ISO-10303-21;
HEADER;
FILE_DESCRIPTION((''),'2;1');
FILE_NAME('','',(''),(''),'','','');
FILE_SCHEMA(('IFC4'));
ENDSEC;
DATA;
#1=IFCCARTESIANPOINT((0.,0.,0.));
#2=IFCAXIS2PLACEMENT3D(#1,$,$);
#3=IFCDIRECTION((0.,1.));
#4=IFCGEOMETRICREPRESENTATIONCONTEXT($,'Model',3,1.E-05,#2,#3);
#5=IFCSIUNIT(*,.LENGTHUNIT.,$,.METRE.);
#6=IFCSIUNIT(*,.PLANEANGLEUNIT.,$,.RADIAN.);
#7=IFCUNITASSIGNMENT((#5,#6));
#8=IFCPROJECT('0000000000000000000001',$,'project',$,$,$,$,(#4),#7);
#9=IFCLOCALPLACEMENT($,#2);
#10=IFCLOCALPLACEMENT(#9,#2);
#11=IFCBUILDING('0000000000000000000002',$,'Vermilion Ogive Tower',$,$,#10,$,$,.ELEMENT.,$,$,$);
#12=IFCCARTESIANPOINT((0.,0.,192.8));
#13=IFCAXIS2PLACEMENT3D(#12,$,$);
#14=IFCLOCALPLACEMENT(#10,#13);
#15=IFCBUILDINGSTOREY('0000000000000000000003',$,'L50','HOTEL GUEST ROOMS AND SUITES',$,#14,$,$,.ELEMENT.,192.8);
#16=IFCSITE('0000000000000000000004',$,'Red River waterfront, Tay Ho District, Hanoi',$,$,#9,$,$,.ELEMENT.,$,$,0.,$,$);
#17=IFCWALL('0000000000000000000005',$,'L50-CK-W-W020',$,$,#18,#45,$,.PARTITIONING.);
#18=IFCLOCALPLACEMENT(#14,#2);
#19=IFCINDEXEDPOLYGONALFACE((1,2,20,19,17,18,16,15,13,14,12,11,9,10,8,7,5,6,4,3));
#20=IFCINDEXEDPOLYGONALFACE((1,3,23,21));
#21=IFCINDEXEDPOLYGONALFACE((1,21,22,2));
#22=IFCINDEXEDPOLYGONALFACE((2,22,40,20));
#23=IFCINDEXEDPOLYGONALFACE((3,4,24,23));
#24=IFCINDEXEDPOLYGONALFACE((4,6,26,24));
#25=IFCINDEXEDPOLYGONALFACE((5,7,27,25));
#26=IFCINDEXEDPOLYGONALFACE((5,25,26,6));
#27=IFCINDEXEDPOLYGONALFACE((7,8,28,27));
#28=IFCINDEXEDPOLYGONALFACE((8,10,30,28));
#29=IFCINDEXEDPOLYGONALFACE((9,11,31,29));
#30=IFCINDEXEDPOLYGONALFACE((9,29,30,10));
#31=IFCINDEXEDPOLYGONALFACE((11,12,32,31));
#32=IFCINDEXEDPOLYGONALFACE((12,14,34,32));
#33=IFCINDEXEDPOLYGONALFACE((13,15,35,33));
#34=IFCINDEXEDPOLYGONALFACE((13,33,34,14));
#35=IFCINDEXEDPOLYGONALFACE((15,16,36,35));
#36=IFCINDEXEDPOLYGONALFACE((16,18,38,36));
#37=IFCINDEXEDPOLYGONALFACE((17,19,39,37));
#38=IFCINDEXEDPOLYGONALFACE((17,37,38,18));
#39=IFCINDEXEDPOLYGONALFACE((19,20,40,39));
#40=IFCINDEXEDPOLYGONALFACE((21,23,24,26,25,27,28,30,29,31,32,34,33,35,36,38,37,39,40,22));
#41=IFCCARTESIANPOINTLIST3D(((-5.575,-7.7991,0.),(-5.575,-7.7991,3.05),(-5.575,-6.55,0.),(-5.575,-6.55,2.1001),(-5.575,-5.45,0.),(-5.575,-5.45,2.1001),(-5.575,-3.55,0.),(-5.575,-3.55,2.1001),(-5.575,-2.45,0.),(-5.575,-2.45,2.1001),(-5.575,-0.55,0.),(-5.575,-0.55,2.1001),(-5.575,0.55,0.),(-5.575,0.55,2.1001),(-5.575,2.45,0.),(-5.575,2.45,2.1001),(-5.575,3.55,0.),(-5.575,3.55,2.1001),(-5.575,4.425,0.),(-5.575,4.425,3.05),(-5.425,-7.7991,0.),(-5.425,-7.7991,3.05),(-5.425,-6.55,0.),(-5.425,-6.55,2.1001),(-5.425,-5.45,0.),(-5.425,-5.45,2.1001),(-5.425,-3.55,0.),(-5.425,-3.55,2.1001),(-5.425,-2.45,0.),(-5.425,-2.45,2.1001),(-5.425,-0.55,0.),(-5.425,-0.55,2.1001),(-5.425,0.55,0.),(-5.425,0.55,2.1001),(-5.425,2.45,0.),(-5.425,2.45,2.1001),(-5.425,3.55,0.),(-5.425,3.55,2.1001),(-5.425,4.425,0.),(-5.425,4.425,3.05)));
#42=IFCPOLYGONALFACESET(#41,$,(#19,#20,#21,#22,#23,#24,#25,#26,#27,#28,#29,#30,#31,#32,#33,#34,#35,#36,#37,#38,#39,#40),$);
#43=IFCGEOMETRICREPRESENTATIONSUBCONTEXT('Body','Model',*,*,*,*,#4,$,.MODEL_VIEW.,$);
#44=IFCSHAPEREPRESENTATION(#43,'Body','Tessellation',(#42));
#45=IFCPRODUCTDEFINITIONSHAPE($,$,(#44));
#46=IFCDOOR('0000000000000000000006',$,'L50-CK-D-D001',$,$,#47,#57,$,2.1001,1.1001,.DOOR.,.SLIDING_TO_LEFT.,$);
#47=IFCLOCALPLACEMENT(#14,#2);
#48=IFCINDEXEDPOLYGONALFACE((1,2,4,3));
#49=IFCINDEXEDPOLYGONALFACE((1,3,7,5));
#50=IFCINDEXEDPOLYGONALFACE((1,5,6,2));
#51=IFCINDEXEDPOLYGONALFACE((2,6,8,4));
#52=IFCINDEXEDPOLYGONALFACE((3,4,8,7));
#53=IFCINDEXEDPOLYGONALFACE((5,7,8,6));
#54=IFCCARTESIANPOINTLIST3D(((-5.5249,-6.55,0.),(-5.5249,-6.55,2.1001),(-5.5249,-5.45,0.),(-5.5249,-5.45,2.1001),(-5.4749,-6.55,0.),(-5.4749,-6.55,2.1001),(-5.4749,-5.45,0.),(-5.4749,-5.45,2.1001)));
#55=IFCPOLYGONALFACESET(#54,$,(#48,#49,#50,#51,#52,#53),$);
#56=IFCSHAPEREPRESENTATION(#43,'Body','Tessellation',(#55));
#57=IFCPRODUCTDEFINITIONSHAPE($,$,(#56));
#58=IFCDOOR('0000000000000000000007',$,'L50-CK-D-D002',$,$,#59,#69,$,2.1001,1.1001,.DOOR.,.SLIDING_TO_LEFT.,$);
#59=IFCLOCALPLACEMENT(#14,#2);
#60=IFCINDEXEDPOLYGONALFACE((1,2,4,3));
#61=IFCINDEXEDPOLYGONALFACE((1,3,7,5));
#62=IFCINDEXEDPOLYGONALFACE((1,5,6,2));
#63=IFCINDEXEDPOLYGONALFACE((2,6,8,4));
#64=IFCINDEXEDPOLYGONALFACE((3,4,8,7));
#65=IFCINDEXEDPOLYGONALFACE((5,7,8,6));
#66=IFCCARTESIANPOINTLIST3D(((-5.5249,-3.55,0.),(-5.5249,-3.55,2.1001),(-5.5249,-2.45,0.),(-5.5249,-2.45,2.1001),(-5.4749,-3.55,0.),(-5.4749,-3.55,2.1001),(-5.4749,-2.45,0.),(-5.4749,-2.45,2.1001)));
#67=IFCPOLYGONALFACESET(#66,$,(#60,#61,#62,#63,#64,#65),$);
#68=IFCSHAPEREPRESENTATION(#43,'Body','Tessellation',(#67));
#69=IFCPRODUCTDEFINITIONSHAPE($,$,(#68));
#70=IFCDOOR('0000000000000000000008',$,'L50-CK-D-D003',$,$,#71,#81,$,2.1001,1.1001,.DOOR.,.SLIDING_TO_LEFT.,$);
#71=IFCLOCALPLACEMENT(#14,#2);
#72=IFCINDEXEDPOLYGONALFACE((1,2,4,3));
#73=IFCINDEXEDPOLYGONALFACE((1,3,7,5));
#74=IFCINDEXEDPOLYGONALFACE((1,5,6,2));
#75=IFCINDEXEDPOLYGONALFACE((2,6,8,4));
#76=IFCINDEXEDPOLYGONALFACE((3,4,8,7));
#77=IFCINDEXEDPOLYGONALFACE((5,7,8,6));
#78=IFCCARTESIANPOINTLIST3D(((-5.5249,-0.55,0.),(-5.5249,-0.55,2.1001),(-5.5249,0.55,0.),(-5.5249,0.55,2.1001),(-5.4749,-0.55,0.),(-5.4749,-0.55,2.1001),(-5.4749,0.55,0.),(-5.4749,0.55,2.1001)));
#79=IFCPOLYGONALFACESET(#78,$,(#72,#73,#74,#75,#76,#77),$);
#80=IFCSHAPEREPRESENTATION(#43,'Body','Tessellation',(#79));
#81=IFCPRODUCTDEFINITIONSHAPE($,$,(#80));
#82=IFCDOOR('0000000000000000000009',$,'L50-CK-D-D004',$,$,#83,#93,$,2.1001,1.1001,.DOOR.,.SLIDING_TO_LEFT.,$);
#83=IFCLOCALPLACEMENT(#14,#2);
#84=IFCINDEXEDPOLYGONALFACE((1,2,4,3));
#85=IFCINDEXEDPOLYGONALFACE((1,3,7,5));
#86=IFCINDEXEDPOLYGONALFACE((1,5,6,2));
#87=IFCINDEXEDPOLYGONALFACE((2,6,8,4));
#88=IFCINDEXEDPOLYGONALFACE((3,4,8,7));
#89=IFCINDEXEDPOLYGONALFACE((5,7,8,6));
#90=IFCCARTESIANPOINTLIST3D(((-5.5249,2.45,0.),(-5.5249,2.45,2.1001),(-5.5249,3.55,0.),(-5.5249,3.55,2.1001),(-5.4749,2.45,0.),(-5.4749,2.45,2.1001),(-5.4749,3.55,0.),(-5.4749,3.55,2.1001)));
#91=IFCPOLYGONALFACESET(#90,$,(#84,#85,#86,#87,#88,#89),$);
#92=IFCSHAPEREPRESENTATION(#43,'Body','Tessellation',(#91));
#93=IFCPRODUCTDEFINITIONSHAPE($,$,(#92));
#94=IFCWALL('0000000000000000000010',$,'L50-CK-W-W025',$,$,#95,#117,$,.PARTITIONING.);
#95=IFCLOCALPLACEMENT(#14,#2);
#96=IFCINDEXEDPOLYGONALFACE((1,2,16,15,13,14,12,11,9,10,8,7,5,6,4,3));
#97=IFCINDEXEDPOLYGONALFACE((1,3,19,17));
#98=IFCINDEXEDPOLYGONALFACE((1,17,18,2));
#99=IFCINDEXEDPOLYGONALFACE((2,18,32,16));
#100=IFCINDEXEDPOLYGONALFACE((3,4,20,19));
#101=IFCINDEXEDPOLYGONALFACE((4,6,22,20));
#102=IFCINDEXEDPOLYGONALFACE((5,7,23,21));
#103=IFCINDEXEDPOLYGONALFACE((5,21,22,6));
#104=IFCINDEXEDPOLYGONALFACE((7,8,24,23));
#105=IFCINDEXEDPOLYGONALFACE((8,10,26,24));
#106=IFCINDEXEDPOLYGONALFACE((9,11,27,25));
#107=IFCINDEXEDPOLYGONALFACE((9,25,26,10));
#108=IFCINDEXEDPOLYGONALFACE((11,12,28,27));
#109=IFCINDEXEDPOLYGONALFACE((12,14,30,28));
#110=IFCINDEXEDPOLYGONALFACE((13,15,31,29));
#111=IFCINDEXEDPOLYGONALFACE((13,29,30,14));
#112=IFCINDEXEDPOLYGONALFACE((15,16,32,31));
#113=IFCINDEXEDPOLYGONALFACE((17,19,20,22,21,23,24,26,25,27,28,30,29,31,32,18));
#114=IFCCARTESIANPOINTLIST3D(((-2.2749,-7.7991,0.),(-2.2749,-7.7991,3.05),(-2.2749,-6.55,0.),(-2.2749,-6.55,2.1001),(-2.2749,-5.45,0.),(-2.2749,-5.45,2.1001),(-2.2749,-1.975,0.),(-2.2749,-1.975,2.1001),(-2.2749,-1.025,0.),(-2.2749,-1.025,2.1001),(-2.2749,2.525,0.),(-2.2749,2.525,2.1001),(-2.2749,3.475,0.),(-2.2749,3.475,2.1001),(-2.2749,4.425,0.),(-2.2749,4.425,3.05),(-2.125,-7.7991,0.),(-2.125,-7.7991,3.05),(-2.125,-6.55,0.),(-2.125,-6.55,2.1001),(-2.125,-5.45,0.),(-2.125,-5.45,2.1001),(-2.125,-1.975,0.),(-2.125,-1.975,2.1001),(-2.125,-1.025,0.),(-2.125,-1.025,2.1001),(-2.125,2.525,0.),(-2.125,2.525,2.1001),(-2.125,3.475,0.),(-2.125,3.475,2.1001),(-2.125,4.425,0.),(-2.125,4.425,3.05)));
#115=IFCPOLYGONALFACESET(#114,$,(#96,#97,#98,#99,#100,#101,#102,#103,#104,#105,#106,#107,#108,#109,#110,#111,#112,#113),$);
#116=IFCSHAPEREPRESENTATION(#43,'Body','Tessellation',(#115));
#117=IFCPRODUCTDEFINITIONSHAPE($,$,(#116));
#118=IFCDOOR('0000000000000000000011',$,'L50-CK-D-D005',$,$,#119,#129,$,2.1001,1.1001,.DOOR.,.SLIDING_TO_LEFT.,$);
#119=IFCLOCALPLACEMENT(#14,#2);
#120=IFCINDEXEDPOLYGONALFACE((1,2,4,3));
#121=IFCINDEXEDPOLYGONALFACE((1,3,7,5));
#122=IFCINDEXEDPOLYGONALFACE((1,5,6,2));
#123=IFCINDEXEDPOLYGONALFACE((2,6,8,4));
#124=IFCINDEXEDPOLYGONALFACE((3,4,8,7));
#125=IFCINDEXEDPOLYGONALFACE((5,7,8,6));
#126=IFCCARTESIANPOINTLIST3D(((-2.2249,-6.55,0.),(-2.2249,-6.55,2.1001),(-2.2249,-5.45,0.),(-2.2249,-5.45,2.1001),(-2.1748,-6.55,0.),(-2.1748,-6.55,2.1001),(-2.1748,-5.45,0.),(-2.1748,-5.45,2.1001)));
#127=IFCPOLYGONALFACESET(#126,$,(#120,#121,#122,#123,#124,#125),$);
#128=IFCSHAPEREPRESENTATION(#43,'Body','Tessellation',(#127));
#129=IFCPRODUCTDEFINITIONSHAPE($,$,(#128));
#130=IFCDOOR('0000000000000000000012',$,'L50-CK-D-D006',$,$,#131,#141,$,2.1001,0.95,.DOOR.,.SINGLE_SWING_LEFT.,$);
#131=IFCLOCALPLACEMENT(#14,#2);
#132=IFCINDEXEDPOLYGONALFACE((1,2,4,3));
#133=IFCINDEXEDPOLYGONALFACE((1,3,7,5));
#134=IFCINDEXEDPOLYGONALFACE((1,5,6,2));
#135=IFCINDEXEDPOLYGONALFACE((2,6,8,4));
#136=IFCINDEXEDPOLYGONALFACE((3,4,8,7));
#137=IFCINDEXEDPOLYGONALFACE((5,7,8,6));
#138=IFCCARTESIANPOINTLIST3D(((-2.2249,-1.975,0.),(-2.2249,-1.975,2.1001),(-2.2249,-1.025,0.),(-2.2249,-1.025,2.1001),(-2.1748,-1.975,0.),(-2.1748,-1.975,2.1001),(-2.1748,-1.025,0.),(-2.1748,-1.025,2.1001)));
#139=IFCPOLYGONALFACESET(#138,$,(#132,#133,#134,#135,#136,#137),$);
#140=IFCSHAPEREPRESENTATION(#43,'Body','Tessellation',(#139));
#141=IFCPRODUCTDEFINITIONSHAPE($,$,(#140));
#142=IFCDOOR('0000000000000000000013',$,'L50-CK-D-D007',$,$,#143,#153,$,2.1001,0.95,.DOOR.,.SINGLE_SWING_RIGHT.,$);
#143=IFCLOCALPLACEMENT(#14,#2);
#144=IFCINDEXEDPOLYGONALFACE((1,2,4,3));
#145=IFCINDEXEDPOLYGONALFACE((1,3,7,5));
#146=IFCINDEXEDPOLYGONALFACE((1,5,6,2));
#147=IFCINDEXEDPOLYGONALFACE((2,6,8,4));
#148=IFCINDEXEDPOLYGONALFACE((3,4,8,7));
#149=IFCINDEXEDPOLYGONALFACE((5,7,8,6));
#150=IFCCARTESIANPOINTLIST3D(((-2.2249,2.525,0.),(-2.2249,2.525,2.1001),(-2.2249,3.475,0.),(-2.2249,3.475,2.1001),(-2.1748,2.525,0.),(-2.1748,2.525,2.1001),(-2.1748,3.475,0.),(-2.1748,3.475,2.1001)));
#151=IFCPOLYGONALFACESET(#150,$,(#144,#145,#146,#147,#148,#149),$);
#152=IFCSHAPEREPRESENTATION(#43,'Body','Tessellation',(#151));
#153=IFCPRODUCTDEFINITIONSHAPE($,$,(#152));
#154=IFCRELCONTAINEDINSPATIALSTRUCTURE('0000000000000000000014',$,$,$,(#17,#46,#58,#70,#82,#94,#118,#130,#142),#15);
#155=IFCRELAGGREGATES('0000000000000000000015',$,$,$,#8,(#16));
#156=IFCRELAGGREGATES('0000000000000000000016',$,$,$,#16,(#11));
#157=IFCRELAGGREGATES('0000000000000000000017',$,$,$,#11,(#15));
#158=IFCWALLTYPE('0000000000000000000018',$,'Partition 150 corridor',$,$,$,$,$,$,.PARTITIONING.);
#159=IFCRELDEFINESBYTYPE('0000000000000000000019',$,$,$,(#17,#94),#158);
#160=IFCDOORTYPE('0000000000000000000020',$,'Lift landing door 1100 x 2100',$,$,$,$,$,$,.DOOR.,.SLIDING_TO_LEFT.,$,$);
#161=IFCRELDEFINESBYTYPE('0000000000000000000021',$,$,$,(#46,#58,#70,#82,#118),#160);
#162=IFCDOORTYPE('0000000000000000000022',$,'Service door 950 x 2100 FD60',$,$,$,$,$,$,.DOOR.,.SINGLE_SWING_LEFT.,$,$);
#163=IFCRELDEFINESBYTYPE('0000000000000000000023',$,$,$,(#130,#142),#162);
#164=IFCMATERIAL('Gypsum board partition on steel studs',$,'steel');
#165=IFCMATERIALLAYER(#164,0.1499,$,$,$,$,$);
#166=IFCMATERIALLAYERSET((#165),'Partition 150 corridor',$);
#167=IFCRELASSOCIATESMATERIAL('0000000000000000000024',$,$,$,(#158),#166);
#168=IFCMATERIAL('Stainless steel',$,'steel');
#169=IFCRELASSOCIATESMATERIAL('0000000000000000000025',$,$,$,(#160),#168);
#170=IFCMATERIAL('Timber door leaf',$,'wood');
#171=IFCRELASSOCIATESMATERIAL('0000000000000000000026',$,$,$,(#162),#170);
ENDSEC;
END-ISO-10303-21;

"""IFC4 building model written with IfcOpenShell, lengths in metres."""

from ifc_helpers import new_model, si_unit, direction, frame, frame_2d, origin, place, context, subcontext, project, spatial, rectangle, extrude, material, layer, layer_set, type_object, element, fill, save


model = new_model("IFC4")

# Units and contexts
model_context = context("Model", 3, precision=1e-05, world=origin(), true_north=direction((0.0, 1.0)))
body_context = subcontext(model_context, "Body", "Model", "MODEL_VIEW")
ifc_project = project(units=[si_unit("LENGTHUNIT", "METRE"), si_unit("PLANEANGLEUNIT", "RADIAN")], contexts=[model_context])

# Site, building, storey
site_placement = place(None, origin())
site = spatial("IfcSite", under=ifc_project, at=site_placement, Name="Red River waterfront, Tay Ho District, Hanoi", CompositionType="ELEMENT", RefElevation=0.0)
building_placement = place(site_placement, origin())
building = spatial("IfcBuilding", under=site, at=building_placement, Name="Vermilion Ogive Tower", CompositionType="ELEMENT")
storey_placement = place(building_placement, frame((0.0, 0.0, 192.8)))
storey = spatial("IfcBuildingStorey", under=building, at=storey_placement, Name="L50", Description="HOTEL GUEST ROOMS AND SUITES", CompositionType="ELEMENT", Elevation=192.8)

# Shared definitions
ifc_material_1 = material(Name="Gypsum board partition on steel studs", Category="steel")
ifc_layer_1 = layer(ifc_material_1, 0.1499)
ifc_layer_set_1 = layer_set([ifc_layer_1], Name="Partition 150 corridor")
wall_type_1 = type_object("IfcWallType", Name="Partition 150 corridor", PredefinedType="PARTITIONING", material=ifc_layer_set_1)

# Walls, openings, doors
wall_1_placement = place(storey_placement, frame((-5.5, -7.7991, 0.0), z_axis=(0.0, 0.0, 1.0), x_axis=(0.0, 1.0, 0.0)))
wall_1 = element("IfcWall", 1, at=wall_1_placement, inside=storey, type_object=wall_type_1, Name="L50-CK-W-W020", PredefinedType="PARTITIONING", context=body_context, shape_type="SweptSolid", body=[
    extrude(rectangle(XDim=12.2241, YDim=0.1499, at=frame_2d((6.1121, 0.0))), origin(), (0.0, 0.0, 1.0), 3.05),
])
opening_1_placement = place(wall_1_placement, frame((1.249, 0.0, 0.0)))
opening_1 = element("IfcOpeningElement", 2, at=opening_1_placement, cuts=wall_1, PredefinedType="OPENING", context=body_context, shape_type="SweptSolid", body=[
    extrude(rectangle(XDim=1.1001, YDim=2.1001, at=frame_2d((0.55, 1.05))), frame((0.0, 0.085, 0.0), z_axis=(0.0, -1.0, 0.0), x_axis=(1.0, 0.0, 0.0)), (0.0, 0.0, 1.0), 0.1699),
])
opening_2_placement = place(wall_1_placement, frame((4.249, 0.0, 0.0)))
opening_2 = element("IfcOpeningElement", 3, at=opening_2_placement, cuts=wall_1, PredefinedType="OPENING", context=body_context, shape_type="SweptSolid", body=[
    extrude(rectangle(XDim=1.1001, YDim=2.1001, at=frame_2d((0.55, 1.05))), frame((0.0, 0.085, 0.0), z_axis=(0.0, -1.0, 0.0), x_axis=(1.0, 0.0, 0.0)), (0.0, 0.0, 1.0), 0.1699),
])
opening_3_placement = place(wall_1_placement, frame((7.249, 0.0, 0.0)))
opening_3 = element("IfcOpeningElement", 4, at=opening_3_placement, cuts=wall_1, PredefinedType="OPENING", context=body_context, shape_type="SweptSolid", body=[
    extrude(rectangle(XDim=1.1001, YDim=2.1001, at=frame_2d((0.55, 1.05))), frame((0.0, 0.085, 0.0), z_axis=(0.0, -1.0, 0.0), x_axis=(1.0, 0.0, 0.0)), (0.0, 0.0, 1.0), 0.1699),
])
opening_4_placement = place(wall_1_placement, frame((10.249, 0.0, 0.0)))
opening_4 = element("IfcOpeningElement", 5, at=opening_4_placement, cuts=wall_1, PredefinedType="OPENING", context=body_context, shape_type="SweptSolid", body=[
    extrude(rectangle(XDim=1.1001, YDim=2.1001, at=frame_2d((0.55, 1.05))), frame((0.0, 0.085, 0.0), z_axis=(0.0, -1.0, 0.0), x_axis=(1.0, 0.0, 0.0)), (0.0, 0.0, 1.0), 0.1699),
])
ifc_material_2 = material(Name="Stainless steel", Category="steel")
door_type_1 = type_object("IfcDoorType", Name="Lift landing door 1100 x 2100", OperationType="SLIDING_TO_LEFT", PredefinedType="DOOR", material=ifc_material_2)
door_1_placement = place(opening_1_placement, origin())
door_1 = element("IfcDoor", 6, at=door_1_placement, inside=storey, type_object=door_type_1, Name="L50-CK-D-D001", OperationType="SLIDING_TO_LEFT", OverallHeight=2.1001, OverallWidth=1.1001, PredefinedType="DOOR", context=body_context, shape_type="SweptSolid", body=[
    extrude(rectangle(XDim=1.1001, YDim=2.1001, at=frame_2d((0.55, 1.05))), frame((0.0, 0.0249, 0.0), z_axis=(0.0, -1.0, 0.0), x_axis=(1.0, 0.0, 0.0)), (0.0, 0.0, 1.0), 0.05),
])
fill(opening_1, door_1)
door_2_placement = place(opening_2_placement, origin())
door_2 = element("IfcDoor", 7, at=door_2_placement, inside=storey, type_object=door_type_1, Name="L50-CK-D-D002", OperationType="SLIDING_TO_LEFT", OverallHeight=2.1001, OverallWidth=1.1001, PredefinedType="DOOR", context=body_context, shape_type="SweptSolid", body=[
    extrude(rectangle(XDim=1.1001, YDim=2.1001, at=frame_2d((0.55, 1.05))), frame((0.0, 0.0249, 0.0), z_axis=(0.0, -1.0, 0.0), x_axis=(1.0, 0.0, 0.0)), (0.0, 0.0, 1.0), 0.05),
])
fill(opening_2, door_2)
door_3_placement = place(opening_3_placement, origin())
door_3 = element("IfcDoor", 8, at=door_3_placement, inside=storey, type_object=door_type_1, Name="L50-CK-D-D003", OperationType="SLIDING_TO_LEFT", OverallHeight=2.1001, OverallWidth=1.1001, PredefinedType="DOOR", context=body_context, shape_type="SweptSolid", body=[
    extrude(rectangle(XDim=1.1001, YDim=2.1001, at=frame_2d((0.55, 1.05))), frame((0.0, 0.0249, 0.0), z_axis=(0.0, -1.0, 0.0), x_axis=(1.0, 0.0, 0.0)), (0.0, 0.0, 1.0), 0.05),
])
fill(opening_3, door_3)
door_4_placement = place(opening_4_placement, origin())
door_4 = element("IfcDoor", 9, at=door_4_placement, inside=storey, type_object=door_type_1, Name="L50-CK-D-D004", OperationType="SLIDING_TO_LEFT", OverallHeight=2.1001, OverallWidth=1.1001, PredefinedType="DOOR", context=body_context, shape_type="SweptSolid", body=[
    extrude(rectangle(XDim=1.1001, YDim=2.1001, at=frame_2d((0.55, 1.05))), frame((0.0, 0.0249, 0.0), z_axis=(0.0, -1.0, 0.0), x_axis=(1.0, 0.0, 0.0)), (0.0, 0.0, 1.0), 0.05),
])
fill(opening_4, door_4)
wall_2_placement = place(storey_placement, frame((-2.2, -7.7991, 0.0), z_axis=(0.0, 0.0, 1.0), x_axis=(0.0, 1.0, 0.0)))
wall_2 = element("IfcWall", 10, at=wall_2_placement, inside=storey, type_object=wall_type_1, Name="L50-CK-W-W025", PredefinedType="PARTITIONING", context=body_context, shape_type="SweptSolid", body=[
    extrude(rectangle(XDim=12.2241, YDim=0.1499, at=frame_2d((6.1121, 0.0))), origin(), (0.0, 0.0, 1.0), 3.05),
])
opening_5_placement = place(wall_2_placement, frame((1.249, 0.0, 0.0)))
opening_5 = element("IfcOpeningElement", 11, at=opening_5_placement, cuts=wall_2, PredefinedType="OPENING", context=body_context, shape_type="SweptSolid", body=[
    extrude(rectangle(XDim=1.1001, YDim=2.1001, at=frame_2d((0.55, 1.05))), frame((0.0, 0.085, 0.0), z_axis=(0.0, -1.0, 0.0), x_axis=(1.0, 0.0, 0.0)), (0.0, 0.0, 1.0), 0.1699),
])
opening_6_placement = place(wall_2_placement, frame((5.824, 0.0, 0.0)))
opening_6 = element("IfcOpeningElement", 12, at=opening_6_placement, cuts=wall_2, PredefinedType="OPENING", context=body_context, shape_type="SweptSolid", body=[
    extrude(rectangle(XDim=0.95, YDim=2.1001, at=frame_2d((0.4751, 1.05))), frame((0.0, 0.085, 0.0), z_axis=(0.0, -1.0, 0.0), x_axis=(1.0, 0.0, 0.0)), (0.0, 0.0, 1.0), 0.1699),
])
opening_7_placement = place(wall_2_placement, frame((10.324, 0.0, 0.0)))
opening_7 = element("IfcOpeningElement", 13, at=opening_7_placement, cuts=wall_2, PredefinedType="OPENING", context=body_context, shape_type="SweptSolid", body=[
    extrude(rectangle(XDim=0.95, YDim=2.1001, at=frame_2d((0.4751, 1.05))), frame((0.0, 0.085, 0.0), z_axis=(0.0, -1.0, 0.0), x_axis=(1.0, 0.0, 0.0)), (0.0, 0.0, 1.0), 0.1699),
])
door_5_placement = place(opening_5_placement, origin())
door_5 = element("IfcDoor", 14, at=door_5_placement, inside=storey, type_object=door_type_1, Name="L50-CK-D-D005", OperationType="SLIDING_TO_LEFT", OverallHeight=2.1001, OverallWidth=1.1001, PredefinedType="DOOR", context=body_context, shape_type="SweptSolid", body=[
    extrude(rectangle(XDim=1.1001, YDim=2.1001, at=frame_2d((0.55, 1.05))), frame((0.0, 0.0249, 0.0), z_axis=(0.0, -1.0, 0.0), x_axis=(1.0, 0.0, 0.0)), (0.0, 0.0, 1.0), 0.05),
])
fill(opening_5, door_5)
ifc_material_3 = material(Name="Timber door leaf", Category="wood")
door_type_2 = type_object("IfcDoorType", Name="Service door 950 x 2100 FD60", OperationType="SINGLE_SWING_LEFT", PredefinedType="DOOR", material=ifc_material_3)
door_6_placement = place(opening_6_placement, origin())
door_6 = element("IfcDoor", 15, at=door_6_placement, inside=storey, type_object=door_type_2, Name="L50-CK-D-D006", OperationType="SINGLE_SWING_LEFT", OverallHeight=2.1001, OverallWidth=0.95, PredefinedType="DOOR", context=body_context, shape_type="SweptSolid", body=[
    extrude(rectangle(XDim=0.95, YDim=2.1001, at=frame_2d((0.4751, 1.05))), frame((0.0, 0.0249, 0.0), z_axis=(0.0, -1.0, 0.0), x_axis=(1.0, 0.0, 0.0)), (0.0, 0.0, 1.0), 0.05),
])
fill(opening_6, door_6)
door_7_placement = place(opening_7_placement, origin())
door_7 = element("IfcDoor", 16, at=door_7_placement, inside=storey, type_object=door_type_2, Name="L50-CK-D-D007", OperationType="SINGLE_SWING_RIGHT", OverallHeight=2.1001, OverallWidth=0.95, PredefinedType="DOOR", context=body_context, shape_type="SweptSolid", body=[
    extrude(rectangle(XDim=0.95, YDim=2.1001, at=frame_2d((0.4751, 1.05))), frame((0.0, 0.0249, 0.0), z_axis=(0.0, -1.0, 0.0), x_axis=(1.0, 0.0, 0.0)), (0.0, 0.0, 1.0), 0.05),
])
fill(opening_7, door_7)

save(model, "model.ifc")
